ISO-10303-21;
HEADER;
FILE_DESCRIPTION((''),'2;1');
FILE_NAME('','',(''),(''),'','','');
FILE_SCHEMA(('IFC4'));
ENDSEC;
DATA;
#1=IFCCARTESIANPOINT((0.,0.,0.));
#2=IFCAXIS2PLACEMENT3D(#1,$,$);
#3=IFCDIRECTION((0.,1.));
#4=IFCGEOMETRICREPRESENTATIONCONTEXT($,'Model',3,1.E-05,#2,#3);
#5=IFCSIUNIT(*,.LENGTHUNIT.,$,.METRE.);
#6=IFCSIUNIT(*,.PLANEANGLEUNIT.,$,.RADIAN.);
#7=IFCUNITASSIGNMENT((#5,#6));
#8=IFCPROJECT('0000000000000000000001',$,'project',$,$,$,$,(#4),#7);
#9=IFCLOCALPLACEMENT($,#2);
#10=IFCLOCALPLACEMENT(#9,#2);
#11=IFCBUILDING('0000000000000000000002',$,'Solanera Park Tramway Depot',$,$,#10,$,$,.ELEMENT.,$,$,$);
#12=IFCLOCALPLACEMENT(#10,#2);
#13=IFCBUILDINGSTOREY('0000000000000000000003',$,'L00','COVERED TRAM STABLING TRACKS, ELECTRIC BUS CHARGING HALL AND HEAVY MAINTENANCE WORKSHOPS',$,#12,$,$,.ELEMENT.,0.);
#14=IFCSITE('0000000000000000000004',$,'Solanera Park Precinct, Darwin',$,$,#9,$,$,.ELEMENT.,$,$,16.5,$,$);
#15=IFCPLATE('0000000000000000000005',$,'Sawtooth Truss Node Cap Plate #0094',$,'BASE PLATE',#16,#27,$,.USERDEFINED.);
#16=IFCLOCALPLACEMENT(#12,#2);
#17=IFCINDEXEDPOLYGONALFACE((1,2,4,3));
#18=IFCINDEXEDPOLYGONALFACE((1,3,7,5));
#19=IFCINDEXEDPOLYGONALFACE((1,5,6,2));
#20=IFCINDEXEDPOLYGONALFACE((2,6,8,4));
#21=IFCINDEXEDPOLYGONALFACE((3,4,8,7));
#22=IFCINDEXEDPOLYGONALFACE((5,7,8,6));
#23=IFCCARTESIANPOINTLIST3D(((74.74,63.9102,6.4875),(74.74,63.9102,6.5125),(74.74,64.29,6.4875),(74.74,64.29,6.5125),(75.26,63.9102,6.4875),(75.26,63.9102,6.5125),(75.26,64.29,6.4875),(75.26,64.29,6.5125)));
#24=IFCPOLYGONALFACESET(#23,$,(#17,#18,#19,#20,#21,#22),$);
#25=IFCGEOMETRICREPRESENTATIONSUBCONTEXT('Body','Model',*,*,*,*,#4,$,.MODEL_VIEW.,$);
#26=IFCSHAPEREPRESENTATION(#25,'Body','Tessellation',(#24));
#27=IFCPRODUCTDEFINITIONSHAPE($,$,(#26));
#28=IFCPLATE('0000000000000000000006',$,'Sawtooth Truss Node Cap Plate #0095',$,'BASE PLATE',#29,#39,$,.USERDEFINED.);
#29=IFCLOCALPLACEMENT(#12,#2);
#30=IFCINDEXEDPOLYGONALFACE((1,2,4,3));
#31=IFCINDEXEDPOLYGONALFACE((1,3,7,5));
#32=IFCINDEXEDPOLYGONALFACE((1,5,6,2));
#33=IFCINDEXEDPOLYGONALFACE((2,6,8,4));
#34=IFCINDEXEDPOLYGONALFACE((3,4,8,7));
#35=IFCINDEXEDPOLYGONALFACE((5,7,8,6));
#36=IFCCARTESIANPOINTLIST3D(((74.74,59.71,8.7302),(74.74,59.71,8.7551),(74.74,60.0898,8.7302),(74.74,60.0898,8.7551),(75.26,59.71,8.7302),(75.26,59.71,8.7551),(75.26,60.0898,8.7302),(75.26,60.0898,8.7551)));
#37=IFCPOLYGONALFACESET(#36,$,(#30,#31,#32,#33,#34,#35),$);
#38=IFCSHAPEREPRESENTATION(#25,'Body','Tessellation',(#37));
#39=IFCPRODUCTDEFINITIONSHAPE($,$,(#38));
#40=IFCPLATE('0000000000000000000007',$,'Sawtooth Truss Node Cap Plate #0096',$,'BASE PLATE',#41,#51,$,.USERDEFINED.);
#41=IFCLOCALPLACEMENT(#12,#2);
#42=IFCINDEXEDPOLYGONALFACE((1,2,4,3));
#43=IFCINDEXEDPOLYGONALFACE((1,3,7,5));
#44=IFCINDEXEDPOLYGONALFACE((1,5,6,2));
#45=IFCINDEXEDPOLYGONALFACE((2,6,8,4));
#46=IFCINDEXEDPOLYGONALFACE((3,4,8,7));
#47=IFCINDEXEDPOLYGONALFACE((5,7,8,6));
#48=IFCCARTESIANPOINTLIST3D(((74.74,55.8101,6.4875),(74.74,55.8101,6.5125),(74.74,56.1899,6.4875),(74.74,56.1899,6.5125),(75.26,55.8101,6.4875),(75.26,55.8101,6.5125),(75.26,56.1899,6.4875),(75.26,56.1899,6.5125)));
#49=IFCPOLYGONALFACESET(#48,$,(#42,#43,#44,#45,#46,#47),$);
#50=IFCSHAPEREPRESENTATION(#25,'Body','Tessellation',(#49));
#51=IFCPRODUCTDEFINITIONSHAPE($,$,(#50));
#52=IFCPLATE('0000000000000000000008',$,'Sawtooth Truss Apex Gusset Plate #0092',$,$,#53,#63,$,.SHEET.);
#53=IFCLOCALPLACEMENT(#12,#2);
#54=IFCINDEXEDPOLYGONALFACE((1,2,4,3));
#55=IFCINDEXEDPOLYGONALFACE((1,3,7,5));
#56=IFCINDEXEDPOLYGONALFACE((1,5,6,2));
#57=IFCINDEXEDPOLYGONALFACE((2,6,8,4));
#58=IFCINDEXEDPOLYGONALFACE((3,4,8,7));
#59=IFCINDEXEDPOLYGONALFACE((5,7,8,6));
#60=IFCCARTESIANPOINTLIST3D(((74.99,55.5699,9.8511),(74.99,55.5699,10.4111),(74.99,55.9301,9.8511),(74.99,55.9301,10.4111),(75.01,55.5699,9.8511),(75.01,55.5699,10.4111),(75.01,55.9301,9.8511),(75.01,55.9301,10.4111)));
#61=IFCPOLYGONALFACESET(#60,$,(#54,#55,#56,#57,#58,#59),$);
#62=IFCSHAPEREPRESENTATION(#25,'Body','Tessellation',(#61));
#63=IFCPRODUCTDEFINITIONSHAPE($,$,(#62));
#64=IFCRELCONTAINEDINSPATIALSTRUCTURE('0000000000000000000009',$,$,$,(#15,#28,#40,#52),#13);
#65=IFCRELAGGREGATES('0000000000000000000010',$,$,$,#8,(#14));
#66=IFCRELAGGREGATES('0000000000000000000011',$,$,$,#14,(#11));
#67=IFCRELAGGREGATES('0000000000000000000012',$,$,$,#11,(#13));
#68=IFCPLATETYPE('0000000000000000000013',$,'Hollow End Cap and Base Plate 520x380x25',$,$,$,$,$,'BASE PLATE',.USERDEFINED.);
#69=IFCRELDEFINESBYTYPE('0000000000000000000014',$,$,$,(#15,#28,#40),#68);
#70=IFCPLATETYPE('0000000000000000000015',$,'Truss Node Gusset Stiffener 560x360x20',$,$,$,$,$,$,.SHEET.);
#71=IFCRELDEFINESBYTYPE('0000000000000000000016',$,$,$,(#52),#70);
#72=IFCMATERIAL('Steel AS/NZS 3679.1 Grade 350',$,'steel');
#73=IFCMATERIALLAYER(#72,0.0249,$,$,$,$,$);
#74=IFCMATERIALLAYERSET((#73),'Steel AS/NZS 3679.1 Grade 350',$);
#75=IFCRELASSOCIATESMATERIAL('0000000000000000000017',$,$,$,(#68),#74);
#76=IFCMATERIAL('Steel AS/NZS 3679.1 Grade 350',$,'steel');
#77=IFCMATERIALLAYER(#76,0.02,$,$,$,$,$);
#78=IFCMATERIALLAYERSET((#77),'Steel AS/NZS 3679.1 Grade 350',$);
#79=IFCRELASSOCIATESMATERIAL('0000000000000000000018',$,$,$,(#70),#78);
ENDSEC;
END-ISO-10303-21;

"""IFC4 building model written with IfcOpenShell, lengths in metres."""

from ifc_helpers import new_model, si_unit, direction, frame, origin, origin_2d, place, context, subcontext, project, spatial, rectangle, extrude, material, layer, layer_set, type_object, element, save


model = new_model("IFC4")

# Units and contexts
model_context = context("Model", 3, precision=1e-05, world=origin(), true_north=direction((0.0, 1.0)))
body_context = subcontext(model_context, "Body", "Model", "MODEL_VIEW")
ifc_project = project(units=[si_unit("LENGTHUNIT", "METRE"), si_unit("PLANEANGLEUNIT", "RADIAN")], contexts=[model_context])

# Site, building, storey
site_placement = place(None, origin())
site = spatial("IfcSite", under=ifc_project, at=site_placement, Name="Solanera Park Precinct, Darwin", CompositionType="ELEMENT", RefElevation=16.5)
building_placement = place(site_placement, origin())
building = spatial("IfcBuilding", under=site, at=building_placement, Name="Solanera Park Tramway Depot", CompositionType="ELEMENT")
storey_placement = place(building_placement, origin())
storey = spatial("IfcBuildingStorey", under=building, at=storey_placement, Name="L00", Description="COVERED TRAM STABLING TRACKS, ELECTRIC BUS CHARGING HALL AND HEAVY MAINTENANCE WORKSHOPS", CompositionType="ELEMENT", Elevation=0.0)

# Plates
ifc_material_1 = material(Name="Steel AS/NZS 3679.1 Grade 350", Category="steel")
ifc_layer_1 = layer(ifc_material_1, 0.0249)
ifc_layer_set_1 = layer_set([ifc_layer_1], Name="Steel AS/NZS 3679.1 Grade 350")
plate_type_1 = type_object("IfcPlateType", Name="Hollow End Cap and Base Plate 520x380x25", ElementType="BASE PLATE", PredefinedType="USERDEFINED", material=ifc_layer_set_1)
for number, where, z_axis, x_axis, name in (
    (1, (75.0, 64.1001, 6.4875), (0.0, 0.0, 1.0), (1.0, 0.0, 0.0), "Sawtooth Truss Node Cap Plate #0094"),
    (2, (75.0, 59.8999, 8.7302), (0.0, 0.0, 1.0), (1.0, 0.0, 0.0), "Sawtooth Truss Node Cap Plate #0095"),
    (3, (75.0, 56.0, 6.4875), (0.0, 0.0, 1.0), (1.0, 0.0, 0.0), "Sawtooth Truss Node Cap Plate #0096"),
):
    element("IfcPlate", number, at=place(storey_placement, frame(where, z_axis=z_axis, x_axis=x_axis)), inside=storey, type_object=plate_type_1, Name=name, ObjectType="BASE PLATE", PredefinedType="USERDEFINED", context=body_context, shape_type="SweptSolid", body=[
        extrude(rectangle(XDim=0.52, YDim=0.3799, at=origin_2d()), origin(), (0.0, 0.0, 1.0), 0.0249),
    ])
ifc_material_2 = material(Name="Steel AS/NZS 3679.1 Grade 350", Category="steel")
ifc_layer_2 = layer(ifc_material_2, 0.02)
ifc_layer_set_2 = layer_set([ifc_layer_2], Name="Steel AS/NZS 3679.1 Grade 350")
plate_type_2 = type_object("IfcPlateType", Name="Truss Node Gusset Stiffener 560x360x20", PredefinedType="SHEET", material=ifc_layer_set_2)
plate_1_placement = place(storey_placement, frame((75.0, 55.75, 9.8511), z_axis=(0.0, 0.0, 1.0), x_axis=(1.0, 0.0, 0.0)))
element("IfcPlate", 4, at=plate_1_placement, inside=storey, type_object=plate_type_2, Name="Sawtooth Truss Apex Gusset Plate #0092", PredefinedType="SHEET", context=body_context, shape_type="SweptSolid", body=[
    extrude(rectangle(XDim=0.02, YDim=0.3601, at=origin_2d()), origin(), (0.0, 0.0, 1.0), 0.5601),
])

save(model, "model.ifc")
